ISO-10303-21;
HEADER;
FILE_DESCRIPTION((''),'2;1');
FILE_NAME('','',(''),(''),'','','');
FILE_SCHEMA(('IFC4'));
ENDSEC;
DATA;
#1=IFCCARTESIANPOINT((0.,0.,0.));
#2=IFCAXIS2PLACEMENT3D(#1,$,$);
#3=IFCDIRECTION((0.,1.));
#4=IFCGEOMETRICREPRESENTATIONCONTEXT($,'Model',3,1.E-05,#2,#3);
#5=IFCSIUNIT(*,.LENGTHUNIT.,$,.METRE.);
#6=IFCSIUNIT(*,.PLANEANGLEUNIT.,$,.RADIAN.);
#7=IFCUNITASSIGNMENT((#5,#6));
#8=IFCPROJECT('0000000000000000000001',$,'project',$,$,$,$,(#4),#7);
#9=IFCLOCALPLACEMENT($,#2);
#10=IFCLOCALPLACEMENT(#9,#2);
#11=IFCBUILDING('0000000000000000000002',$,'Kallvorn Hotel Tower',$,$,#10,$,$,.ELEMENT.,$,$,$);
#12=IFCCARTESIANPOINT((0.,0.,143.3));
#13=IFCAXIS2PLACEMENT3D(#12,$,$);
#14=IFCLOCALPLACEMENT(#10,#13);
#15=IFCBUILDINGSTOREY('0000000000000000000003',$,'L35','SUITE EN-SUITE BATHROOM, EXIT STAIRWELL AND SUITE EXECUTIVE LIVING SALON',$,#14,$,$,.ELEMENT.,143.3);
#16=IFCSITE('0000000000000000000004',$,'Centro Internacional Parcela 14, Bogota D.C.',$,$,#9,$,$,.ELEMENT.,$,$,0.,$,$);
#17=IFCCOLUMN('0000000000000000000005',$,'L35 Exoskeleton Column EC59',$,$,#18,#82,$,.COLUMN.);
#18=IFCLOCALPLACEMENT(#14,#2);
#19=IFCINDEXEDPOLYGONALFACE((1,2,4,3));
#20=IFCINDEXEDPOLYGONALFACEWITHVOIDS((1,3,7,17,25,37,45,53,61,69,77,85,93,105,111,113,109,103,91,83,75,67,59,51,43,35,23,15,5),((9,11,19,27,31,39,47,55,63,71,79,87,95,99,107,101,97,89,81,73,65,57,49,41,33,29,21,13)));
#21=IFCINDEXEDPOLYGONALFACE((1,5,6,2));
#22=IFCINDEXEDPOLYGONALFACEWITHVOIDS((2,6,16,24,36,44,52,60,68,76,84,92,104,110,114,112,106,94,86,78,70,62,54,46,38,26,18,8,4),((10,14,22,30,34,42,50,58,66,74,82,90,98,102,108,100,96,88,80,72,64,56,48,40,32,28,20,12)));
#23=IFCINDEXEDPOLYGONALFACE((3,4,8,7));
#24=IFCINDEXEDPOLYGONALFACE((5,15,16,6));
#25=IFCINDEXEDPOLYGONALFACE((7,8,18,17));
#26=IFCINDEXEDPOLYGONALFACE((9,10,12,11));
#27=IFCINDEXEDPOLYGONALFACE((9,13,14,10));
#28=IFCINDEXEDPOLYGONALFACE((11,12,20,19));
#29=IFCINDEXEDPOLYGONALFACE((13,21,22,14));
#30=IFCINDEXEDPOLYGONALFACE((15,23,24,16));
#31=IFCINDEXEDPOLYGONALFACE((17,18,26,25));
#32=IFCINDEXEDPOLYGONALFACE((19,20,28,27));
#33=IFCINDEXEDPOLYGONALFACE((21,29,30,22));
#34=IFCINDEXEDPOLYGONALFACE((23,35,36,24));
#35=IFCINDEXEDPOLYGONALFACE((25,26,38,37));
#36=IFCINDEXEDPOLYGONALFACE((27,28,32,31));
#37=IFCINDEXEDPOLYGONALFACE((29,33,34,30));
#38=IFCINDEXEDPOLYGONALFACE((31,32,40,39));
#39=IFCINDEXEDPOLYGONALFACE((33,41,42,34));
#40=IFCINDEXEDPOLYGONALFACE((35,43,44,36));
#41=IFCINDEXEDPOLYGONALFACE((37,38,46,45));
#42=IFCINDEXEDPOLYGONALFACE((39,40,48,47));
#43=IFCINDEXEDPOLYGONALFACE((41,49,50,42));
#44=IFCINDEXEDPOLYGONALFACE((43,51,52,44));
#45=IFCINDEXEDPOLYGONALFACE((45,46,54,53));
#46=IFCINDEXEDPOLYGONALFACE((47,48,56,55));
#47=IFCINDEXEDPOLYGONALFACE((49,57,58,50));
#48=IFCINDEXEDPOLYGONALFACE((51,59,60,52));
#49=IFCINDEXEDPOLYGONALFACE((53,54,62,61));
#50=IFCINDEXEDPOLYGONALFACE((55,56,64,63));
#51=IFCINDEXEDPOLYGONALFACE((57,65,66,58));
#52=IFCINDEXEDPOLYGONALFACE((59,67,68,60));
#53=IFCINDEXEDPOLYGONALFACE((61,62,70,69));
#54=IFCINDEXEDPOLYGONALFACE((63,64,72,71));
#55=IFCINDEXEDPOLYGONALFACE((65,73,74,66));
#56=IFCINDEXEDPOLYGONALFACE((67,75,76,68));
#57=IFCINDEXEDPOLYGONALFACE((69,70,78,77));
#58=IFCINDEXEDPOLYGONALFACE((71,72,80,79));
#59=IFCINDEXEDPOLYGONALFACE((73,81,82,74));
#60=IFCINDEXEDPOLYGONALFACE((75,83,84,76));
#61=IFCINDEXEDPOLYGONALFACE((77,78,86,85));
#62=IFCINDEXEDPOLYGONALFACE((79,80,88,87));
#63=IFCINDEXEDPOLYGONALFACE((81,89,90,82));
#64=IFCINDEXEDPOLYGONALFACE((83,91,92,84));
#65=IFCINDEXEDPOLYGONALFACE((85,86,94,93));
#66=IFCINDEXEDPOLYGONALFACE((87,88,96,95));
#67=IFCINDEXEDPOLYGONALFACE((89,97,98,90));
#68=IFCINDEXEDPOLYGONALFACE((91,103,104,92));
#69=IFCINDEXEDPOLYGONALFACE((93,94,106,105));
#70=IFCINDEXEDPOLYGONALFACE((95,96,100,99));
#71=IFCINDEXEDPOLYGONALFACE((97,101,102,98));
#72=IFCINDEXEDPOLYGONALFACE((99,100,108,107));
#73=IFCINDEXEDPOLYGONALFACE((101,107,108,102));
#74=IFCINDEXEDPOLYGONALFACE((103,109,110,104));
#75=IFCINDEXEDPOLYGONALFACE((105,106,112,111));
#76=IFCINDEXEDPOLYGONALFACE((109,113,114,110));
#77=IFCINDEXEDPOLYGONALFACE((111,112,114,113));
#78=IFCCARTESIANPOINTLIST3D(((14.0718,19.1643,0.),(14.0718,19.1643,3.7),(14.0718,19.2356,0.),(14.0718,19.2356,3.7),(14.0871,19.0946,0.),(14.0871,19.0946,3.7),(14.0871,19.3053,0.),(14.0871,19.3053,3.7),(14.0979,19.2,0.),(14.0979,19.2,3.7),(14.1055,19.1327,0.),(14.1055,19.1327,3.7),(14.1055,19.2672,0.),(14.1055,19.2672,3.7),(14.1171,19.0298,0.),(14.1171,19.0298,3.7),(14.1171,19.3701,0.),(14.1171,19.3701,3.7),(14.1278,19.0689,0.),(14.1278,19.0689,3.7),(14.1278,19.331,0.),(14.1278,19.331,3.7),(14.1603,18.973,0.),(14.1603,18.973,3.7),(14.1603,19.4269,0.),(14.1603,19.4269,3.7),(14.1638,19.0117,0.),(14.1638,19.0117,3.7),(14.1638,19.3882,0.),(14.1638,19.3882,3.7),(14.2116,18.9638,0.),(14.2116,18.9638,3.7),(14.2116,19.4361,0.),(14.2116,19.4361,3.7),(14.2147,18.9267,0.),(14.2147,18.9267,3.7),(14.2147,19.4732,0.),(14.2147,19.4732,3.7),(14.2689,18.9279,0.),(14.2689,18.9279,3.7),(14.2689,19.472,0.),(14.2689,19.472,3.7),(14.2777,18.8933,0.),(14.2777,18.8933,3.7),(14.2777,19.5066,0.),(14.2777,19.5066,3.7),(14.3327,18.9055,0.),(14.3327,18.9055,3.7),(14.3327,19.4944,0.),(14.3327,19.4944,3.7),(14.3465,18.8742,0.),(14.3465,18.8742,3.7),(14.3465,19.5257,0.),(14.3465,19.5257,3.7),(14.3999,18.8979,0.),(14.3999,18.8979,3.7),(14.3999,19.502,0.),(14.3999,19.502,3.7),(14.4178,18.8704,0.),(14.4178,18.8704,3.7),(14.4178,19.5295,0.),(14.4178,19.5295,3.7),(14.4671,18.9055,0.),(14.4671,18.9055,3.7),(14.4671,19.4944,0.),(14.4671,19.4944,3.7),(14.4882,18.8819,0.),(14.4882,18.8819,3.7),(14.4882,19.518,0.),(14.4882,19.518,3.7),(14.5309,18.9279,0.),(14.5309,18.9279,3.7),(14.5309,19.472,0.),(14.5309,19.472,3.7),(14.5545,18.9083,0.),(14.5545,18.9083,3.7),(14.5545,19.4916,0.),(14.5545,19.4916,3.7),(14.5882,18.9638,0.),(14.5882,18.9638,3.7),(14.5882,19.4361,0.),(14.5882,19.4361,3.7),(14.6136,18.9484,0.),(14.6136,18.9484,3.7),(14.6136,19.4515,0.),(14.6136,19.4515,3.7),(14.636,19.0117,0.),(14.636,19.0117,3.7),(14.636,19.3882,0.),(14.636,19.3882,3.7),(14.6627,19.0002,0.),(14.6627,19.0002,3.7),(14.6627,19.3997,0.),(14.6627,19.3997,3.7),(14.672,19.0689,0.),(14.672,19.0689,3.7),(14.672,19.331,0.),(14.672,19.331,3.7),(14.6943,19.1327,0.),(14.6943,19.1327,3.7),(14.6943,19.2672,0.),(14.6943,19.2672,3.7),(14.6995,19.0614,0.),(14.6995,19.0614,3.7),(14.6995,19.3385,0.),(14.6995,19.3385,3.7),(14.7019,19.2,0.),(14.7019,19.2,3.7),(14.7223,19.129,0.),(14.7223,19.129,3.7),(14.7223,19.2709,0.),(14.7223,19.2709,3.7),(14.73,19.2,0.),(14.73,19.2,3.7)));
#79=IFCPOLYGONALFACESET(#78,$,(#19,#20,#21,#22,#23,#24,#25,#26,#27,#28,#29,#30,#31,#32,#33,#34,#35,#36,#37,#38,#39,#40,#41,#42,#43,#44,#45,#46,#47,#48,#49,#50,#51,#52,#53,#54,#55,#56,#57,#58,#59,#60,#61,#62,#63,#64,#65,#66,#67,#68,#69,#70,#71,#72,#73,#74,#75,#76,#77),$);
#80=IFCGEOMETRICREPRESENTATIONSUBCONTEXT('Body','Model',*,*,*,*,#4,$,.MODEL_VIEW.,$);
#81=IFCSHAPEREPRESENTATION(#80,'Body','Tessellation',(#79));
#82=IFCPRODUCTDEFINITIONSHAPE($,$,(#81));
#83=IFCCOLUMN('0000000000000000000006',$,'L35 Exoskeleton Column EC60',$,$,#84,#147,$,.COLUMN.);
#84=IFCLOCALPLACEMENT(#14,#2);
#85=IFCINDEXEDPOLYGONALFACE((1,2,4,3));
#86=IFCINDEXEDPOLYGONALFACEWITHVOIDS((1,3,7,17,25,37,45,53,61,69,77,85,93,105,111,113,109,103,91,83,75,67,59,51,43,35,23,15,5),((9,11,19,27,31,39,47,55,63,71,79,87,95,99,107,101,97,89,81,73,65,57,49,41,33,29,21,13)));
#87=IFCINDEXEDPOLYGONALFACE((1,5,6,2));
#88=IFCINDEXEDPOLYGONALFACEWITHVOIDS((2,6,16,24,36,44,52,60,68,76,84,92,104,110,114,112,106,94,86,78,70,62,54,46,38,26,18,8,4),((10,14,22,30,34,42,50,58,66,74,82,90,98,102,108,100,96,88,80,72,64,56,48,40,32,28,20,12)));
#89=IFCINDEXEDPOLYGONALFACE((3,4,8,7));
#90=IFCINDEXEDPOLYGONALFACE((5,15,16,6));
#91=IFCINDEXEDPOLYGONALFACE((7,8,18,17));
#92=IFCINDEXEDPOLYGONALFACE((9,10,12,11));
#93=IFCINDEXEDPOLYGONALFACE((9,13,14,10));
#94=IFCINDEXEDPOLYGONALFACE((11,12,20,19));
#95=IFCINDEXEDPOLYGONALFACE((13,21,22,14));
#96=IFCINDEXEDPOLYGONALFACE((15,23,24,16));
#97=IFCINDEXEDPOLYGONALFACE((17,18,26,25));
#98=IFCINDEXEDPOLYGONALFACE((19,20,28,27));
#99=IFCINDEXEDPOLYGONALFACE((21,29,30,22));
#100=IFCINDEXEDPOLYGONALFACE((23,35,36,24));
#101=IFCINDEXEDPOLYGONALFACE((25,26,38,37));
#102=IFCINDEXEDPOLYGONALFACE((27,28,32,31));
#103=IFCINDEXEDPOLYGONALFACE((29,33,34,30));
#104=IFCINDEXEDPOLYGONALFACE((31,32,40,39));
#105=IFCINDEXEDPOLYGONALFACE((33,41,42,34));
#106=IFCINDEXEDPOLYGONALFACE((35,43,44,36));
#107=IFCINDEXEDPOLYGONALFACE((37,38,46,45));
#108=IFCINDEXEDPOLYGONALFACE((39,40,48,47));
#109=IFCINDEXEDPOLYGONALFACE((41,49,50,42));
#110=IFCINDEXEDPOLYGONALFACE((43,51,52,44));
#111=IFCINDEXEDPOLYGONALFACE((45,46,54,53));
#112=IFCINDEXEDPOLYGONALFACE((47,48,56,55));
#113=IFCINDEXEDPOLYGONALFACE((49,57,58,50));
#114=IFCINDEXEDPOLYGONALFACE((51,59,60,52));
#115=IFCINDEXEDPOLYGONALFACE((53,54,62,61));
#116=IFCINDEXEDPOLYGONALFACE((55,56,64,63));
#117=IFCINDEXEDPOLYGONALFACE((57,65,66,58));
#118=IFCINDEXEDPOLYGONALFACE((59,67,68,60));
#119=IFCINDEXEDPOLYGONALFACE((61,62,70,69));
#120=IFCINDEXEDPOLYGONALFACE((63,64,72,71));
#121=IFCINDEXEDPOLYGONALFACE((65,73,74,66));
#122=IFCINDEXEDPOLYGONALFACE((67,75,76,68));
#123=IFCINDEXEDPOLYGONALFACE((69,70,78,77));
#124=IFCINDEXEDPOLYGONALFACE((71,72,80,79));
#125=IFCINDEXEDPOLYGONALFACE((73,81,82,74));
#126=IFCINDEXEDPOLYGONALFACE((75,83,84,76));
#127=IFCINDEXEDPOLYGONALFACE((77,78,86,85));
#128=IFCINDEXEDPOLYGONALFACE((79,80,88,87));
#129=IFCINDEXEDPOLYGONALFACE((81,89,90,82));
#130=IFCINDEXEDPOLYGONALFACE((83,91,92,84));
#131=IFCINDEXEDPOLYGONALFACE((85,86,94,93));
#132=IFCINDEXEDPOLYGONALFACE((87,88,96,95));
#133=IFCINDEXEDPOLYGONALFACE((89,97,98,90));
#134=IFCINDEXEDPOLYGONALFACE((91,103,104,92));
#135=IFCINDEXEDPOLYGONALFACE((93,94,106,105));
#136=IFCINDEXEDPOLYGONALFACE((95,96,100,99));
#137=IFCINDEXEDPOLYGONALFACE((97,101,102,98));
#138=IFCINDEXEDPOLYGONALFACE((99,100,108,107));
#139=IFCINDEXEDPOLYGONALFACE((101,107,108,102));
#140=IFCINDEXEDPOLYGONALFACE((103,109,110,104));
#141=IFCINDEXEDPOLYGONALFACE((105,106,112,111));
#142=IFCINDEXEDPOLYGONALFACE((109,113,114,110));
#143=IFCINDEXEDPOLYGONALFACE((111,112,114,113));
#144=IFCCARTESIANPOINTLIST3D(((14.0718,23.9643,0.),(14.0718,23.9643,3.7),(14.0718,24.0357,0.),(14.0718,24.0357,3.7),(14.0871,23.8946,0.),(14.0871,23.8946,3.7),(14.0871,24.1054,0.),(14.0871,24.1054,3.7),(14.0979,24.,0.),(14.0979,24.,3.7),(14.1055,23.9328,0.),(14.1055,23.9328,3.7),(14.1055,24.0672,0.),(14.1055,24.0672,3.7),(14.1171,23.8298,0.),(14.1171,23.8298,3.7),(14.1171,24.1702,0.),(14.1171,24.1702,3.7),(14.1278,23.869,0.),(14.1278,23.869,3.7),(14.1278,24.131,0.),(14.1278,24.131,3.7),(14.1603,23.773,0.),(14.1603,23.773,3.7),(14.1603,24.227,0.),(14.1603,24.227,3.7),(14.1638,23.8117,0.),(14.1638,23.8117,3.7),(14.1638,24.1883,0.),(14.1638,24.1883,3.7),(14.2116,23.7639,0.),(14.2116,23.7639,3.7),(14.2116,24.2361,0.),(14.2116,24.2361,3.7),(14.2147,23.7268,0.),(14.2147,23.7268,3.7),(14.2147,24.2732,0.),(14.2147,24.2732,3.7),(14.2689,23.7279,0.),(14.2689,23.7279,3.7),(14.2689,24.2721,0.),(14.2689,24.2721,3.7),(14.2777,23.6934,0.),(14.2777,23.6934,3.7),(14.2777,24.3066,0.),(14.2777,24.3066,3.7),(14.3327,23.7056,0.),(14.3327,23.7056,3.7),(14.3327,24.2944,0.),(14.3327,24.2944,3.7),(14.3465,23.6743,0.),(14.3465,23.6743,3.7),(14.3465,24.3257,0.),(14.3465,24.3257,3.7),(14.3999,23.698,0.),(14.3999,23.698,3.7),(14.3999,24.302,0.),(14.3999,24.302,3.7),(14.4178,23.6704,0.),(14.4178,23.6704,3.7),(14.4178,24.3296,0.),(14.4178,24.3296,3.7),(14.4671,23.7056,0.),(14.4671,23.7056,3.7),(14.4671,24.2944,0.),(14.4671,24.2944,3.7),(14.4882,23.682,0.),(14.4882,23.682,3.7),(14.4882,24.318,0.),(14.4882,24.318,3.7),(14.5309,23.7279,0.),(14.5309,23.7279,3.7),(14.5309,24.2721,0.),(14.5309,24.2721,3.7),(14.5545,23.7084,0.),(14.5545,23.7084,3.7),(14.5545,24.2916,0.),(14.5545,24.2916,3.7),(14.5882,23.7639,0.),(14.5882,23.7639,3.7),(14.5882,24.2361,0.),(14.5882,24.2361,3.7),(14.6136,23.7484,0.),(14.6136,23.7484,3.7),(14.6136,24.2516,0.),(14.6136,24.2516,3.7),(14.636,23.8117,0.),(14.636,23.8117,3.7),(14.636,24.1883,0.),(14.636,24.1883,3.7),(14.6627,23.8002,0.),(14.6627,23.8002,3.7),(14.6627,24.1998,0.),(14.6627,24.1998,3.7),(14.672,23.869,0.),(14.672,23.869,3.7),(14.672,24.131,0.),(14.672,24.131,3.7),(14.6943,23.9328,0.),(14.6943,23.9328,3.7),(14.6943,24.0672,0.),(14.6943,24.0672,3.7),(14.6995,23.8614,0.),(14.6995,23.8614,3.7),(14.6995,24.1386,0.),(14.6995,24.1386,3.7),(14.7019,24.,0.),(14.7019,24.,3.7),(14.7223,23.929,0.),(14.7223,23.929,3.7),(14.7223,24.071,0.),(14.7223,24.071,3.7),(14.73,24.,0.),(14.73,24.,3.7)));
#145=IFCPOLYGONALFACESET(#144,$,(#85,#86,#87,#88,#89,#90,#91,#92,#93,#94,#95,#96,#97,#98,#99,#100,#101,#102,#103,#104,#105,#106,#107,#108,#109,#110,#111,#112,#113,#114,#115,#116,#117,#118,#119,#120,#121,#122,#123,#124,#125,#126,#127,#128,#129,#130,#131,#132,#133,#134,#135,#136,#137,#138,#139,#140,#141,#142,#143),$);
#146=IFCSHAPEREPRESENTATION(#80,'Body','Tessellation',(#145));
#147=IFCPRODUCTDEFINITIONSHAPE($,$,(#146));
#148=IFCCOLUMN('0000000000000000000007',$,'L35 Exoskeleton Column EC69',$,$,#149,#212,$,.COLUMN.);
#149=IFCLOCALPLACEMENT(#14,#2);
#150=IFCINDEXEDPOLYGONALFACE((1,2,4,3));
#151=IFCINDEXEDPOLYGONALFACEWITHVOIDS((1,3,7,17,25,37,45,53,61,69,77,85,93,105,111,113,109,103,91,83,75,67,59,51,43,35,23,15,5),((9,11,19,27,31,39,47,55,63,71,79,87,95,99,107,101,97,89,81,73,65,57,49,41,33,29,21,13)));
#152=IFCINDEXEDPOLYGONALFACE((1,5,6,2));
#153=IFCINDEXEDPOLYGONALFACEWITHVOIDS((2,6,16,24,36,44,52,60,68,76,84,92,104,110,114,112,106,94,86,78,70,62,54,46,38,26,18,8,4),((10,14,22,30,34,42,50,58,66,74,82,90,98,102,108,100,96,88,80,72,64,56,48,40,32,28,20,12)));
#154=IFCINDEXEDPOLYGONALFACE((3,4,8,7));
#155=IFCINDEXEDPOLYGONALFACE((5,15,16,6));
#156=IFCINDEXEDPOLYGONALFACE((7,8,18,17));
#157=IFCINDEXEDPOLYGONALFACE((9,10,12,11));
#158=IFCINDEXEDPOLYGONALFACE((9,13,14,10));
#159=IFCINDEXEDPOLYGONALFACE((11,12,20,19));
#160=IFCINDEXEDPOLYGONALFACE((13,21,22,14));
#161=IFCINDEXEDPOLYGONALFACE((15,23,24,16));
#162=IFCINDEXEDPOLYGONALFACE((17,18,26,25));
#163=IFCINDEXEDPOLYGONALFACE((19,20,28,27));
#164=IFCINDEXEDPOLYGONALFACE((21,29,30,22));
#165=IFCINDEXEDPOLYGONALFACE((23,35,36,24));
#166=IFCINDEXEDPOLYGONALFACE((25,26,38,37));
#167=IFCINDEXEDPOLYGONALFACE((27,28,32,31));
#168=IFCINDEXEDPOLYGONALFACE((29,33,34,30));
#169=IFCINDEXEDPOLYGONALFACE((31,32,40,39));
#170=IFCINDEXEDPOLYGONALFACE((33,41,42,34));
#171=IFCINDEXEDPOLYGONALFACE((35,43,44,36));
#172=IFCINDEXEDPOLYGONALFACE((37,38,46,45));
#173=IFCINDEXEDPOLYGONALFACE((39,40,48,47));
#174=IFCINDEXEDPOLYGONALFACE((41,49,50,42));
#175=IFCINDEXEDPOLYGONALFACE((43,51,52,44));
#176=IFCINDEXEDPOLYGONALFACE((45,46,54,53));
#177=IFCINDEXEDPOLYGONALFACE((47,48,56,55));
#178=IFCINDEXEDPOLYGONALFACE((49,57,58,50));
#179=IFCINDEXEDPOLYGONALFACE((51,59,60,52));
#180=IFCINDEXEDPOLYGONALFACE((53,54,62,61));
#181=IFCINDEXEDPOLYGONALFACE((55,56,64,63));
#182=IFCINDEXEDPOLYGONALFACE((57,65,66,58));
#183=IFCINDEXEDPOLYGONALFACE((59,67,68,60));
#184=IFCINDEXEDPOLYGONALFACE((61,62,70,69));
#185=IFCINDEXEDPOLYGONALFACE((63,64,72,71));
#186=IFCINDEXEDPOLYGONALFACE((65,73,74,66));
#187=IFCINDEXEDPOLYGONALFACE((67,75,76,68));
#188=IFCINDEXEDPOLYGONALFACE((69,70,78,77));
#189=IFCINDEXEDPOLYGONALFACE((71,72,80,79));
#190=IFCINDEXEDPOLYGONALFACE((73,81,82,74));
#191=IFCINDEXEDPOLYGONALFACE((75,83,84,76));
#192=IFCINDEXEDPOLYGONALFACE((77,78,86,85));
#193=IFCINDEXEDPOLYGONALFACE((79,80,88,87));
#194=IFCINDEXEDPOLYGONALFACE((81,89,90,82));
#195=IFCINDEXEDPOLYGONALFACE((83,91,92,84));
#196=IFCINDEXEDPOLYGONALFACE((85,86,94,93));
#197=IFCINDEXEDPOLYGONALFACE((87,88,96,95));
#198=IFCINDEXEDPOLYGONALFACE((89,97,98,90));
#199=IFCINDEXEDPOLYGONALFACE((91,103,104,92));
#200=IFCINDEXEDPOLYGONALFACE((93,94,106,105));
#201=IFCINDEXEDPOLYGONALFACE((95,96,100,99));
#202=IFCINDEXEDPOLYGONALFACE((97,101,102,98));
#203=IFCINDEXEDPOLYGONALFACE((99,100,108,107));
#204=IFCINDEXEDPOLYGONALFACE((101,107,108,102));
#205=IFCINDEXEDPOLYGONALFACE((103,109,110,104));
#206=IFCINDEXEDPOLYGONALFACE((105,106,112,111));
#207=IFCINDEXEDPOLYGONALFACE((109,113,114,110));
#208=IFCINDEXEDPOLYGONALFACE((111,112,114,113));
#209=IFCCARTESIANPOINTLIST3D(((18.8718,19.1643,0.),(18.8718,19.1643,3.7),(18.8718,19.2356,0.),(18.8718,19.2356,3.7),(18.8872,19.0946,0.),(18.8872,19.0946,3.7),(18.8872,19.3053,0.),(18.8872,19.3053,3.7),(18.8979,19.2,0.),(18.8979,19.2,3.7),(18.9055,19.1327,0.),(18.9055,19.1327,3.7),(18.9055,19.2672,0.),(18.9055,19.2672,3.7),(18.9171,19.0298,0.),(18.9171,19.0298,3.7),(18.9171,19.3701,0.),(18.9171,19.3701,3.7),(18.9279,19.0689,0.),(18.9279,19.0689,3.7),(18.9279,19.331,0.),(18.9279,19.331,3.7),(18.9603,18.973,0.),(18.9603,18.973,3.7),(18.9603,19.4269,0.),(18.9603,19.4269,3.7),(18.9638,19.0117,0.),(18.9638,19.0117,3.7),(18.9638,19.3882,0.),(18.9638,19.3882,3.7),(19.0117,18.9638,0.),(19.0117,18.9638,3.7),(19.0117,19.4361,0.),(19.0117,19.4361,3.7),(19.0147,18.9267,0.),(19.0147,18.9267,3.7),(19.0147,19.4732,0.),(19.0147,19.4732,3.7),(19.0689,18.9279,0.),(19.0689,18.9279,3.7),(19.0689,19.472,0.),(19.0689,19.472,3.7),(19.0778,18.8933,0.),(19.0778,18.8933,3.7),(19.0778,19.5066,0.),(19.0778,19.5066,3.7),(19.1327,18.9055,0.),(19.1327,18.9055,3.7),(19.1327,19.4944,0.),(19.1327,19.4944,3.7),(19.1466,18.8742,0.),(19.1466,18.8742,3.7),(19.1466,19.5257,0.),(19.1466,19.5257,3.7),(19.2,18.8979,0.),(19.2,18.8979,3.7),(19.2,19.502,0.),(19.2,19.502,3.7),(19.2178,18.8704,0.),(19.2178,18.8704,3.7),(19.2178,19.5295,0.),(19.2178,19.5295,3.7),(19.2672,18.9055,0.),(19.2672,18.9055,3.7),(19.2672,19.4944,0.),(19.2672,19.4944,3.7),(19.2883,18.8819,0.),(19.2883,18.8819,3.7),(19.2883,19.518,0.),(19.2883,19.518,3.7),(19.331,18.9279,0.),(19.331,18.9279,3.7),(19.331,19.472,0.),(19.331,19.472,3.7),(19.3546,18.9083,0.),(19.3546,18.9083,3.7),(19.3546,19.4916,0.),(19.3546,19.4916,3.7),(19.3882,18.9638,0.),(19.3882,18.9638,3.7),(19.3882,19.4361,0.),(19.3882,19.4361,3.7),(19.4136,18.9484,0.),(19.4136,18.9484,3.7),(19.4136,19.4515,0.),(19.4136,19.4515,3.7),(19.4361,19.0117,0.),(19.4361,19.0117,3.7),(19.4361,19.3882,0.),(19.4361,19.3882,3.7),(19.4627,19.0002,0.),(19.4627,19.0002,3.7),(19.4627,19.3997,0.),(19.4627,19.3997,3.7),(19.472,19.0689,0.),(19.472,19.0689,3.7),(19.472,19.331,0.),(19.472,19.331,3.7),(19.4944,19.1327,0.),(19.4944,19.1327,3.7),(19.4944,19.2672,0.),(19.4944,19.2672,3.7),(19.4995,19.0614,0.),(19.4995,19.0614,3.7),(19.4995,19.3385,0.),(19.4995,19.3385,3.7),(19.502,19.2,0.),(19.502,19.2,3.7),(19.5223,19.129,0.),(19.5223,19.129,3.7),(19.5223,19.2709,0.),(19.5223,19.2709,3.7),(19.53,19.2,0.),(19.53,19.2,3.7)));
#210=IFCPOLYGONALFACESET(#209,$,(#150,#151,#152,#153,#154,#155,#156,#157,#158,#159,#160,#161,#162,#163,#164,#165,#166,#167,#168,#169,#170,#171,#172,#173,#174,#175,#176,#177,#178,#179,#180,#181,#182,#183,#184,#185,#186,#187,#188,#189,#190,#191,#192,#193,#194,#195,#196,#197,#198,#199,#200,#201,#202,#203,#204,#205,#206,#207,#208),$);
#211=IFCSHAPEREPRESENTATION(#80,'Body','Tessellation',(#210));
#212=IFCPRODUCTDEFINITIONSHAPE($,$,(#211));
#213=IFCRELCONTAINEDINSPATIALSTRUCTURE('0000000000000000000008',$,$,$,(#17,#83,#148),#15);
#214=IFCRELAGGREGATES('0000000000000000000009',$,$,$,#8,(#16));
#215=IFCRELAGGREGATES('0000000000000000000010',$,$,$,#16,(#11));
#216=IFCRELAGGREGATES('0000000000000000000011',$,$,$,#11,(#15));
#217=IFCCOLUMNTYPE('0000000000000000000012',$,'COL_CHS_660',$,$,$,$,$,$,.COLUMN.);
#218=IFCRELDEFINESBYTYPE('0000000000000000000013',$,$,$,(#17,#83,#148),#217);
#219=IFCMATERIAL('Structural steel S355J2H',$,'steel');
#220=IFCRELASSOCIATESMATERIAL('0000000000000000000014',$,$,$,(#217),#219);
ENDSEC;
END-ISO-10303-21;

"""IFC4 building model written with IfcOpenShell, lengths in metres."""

from ifc_helpers import new_model, si_unit, direction, frame, origin, origin_2d, place, context, subcontext, project, spatial, hollow_circle, extrude, material, material_profile, profile_set, type_object, element, save


model = new_model("IFC4")

# Units and contexts
model_context = context("Model", 3, precision=1e-05, world=origin(), true_north=direction((0.0, 1.0)))
body_context = subcontext(model_context, "Body", "Model", "MODEL_VIEW")
ifc_project = project(units=[si_unit("LENGTHUNIT", "METRE"), si_unit("PLANEANGLEUNIT", "RADIAN")], contexts=[model_context])

# Site, building, storey
site_placement = place(None, origin())
site = spatial("IfcSite", under=ifc_project, at=site_placement, Name="Centro Internacional Parcela 14, Bogota D.C.", CompositionType="ELEMENT", RefElevation=0.0)
building_placement = place(site_placement, origin())
building = spatial("IfcBuilding", under=site, at=building_placement, Name="Kallvorn Hotel Tower", CompositionType="ELEMENT")
storey_placement = place(building_placement, frame((0.0, 0.0, 143.3)))
storey = spatial("IfcBuildingStorey", under=building, at=storey_placement, Name="L35", Description="SUITE EN-SUITE BATHROOM, EXIT STAIRWELL AND SUITE EXECUTIVE LIVING SALON", CompositionType="ELEMENT", Elevation=143.3)

# Columns
ifc_material_1 = material(Name="Structural steel S355J2H", Category="steel")
ifc_material_profile_1 = material_profile(ifc_material_1, hollow_circle(Radius=0.3301, WallThickness=0.0281, at=origin_2d()), Name="CHS 660x28")
ifc_profile_set_1 = profile_set([ifc_material_profile_1], Name="Structural steel S355J2H")
column_type = type_object("IfcColumnType", Name="COL_CHS_660", PredefinedType="COLUMN", material=ifc_profile_set_1)
for number, where, z_axis, x_axis, name in (
    (1, (14.3999, 19.2, 0.0), (0.0, 0.0, 1.0), (1.0, 0.0, 0.0), "L35 Exoskeleton Column EC59"),
    (2, (14.3999, 24.0, 0.0), (0.0, 0.0, 1.0), (1.0, 0.0, 0.0), "L35 Exoskeleton Column EC60"),
    (3, (19.2, 19.2, 0.0), (0.0, 0.0, 1.0), (1.0, 0.0, 0.0), "L35 Exoskeleton Column EC69"),
):
    element("IfcColumn", number, at=place(storey_placement, frame(where, z_axis=z_axis, x_axis=x_axis)), inside=storey, type_object=column_type, Name=name, PredefinedType="COLUMN", context=body_context, shape_type="SweptSolid", body=[
        extrude(hollow_circle(Radius=0.3301, WallThickness=0.0281, at=origin_2d()), origin(), (0.0, 0.0, 1.0), 3.7),
    ])

save(model, "model.ifc")
